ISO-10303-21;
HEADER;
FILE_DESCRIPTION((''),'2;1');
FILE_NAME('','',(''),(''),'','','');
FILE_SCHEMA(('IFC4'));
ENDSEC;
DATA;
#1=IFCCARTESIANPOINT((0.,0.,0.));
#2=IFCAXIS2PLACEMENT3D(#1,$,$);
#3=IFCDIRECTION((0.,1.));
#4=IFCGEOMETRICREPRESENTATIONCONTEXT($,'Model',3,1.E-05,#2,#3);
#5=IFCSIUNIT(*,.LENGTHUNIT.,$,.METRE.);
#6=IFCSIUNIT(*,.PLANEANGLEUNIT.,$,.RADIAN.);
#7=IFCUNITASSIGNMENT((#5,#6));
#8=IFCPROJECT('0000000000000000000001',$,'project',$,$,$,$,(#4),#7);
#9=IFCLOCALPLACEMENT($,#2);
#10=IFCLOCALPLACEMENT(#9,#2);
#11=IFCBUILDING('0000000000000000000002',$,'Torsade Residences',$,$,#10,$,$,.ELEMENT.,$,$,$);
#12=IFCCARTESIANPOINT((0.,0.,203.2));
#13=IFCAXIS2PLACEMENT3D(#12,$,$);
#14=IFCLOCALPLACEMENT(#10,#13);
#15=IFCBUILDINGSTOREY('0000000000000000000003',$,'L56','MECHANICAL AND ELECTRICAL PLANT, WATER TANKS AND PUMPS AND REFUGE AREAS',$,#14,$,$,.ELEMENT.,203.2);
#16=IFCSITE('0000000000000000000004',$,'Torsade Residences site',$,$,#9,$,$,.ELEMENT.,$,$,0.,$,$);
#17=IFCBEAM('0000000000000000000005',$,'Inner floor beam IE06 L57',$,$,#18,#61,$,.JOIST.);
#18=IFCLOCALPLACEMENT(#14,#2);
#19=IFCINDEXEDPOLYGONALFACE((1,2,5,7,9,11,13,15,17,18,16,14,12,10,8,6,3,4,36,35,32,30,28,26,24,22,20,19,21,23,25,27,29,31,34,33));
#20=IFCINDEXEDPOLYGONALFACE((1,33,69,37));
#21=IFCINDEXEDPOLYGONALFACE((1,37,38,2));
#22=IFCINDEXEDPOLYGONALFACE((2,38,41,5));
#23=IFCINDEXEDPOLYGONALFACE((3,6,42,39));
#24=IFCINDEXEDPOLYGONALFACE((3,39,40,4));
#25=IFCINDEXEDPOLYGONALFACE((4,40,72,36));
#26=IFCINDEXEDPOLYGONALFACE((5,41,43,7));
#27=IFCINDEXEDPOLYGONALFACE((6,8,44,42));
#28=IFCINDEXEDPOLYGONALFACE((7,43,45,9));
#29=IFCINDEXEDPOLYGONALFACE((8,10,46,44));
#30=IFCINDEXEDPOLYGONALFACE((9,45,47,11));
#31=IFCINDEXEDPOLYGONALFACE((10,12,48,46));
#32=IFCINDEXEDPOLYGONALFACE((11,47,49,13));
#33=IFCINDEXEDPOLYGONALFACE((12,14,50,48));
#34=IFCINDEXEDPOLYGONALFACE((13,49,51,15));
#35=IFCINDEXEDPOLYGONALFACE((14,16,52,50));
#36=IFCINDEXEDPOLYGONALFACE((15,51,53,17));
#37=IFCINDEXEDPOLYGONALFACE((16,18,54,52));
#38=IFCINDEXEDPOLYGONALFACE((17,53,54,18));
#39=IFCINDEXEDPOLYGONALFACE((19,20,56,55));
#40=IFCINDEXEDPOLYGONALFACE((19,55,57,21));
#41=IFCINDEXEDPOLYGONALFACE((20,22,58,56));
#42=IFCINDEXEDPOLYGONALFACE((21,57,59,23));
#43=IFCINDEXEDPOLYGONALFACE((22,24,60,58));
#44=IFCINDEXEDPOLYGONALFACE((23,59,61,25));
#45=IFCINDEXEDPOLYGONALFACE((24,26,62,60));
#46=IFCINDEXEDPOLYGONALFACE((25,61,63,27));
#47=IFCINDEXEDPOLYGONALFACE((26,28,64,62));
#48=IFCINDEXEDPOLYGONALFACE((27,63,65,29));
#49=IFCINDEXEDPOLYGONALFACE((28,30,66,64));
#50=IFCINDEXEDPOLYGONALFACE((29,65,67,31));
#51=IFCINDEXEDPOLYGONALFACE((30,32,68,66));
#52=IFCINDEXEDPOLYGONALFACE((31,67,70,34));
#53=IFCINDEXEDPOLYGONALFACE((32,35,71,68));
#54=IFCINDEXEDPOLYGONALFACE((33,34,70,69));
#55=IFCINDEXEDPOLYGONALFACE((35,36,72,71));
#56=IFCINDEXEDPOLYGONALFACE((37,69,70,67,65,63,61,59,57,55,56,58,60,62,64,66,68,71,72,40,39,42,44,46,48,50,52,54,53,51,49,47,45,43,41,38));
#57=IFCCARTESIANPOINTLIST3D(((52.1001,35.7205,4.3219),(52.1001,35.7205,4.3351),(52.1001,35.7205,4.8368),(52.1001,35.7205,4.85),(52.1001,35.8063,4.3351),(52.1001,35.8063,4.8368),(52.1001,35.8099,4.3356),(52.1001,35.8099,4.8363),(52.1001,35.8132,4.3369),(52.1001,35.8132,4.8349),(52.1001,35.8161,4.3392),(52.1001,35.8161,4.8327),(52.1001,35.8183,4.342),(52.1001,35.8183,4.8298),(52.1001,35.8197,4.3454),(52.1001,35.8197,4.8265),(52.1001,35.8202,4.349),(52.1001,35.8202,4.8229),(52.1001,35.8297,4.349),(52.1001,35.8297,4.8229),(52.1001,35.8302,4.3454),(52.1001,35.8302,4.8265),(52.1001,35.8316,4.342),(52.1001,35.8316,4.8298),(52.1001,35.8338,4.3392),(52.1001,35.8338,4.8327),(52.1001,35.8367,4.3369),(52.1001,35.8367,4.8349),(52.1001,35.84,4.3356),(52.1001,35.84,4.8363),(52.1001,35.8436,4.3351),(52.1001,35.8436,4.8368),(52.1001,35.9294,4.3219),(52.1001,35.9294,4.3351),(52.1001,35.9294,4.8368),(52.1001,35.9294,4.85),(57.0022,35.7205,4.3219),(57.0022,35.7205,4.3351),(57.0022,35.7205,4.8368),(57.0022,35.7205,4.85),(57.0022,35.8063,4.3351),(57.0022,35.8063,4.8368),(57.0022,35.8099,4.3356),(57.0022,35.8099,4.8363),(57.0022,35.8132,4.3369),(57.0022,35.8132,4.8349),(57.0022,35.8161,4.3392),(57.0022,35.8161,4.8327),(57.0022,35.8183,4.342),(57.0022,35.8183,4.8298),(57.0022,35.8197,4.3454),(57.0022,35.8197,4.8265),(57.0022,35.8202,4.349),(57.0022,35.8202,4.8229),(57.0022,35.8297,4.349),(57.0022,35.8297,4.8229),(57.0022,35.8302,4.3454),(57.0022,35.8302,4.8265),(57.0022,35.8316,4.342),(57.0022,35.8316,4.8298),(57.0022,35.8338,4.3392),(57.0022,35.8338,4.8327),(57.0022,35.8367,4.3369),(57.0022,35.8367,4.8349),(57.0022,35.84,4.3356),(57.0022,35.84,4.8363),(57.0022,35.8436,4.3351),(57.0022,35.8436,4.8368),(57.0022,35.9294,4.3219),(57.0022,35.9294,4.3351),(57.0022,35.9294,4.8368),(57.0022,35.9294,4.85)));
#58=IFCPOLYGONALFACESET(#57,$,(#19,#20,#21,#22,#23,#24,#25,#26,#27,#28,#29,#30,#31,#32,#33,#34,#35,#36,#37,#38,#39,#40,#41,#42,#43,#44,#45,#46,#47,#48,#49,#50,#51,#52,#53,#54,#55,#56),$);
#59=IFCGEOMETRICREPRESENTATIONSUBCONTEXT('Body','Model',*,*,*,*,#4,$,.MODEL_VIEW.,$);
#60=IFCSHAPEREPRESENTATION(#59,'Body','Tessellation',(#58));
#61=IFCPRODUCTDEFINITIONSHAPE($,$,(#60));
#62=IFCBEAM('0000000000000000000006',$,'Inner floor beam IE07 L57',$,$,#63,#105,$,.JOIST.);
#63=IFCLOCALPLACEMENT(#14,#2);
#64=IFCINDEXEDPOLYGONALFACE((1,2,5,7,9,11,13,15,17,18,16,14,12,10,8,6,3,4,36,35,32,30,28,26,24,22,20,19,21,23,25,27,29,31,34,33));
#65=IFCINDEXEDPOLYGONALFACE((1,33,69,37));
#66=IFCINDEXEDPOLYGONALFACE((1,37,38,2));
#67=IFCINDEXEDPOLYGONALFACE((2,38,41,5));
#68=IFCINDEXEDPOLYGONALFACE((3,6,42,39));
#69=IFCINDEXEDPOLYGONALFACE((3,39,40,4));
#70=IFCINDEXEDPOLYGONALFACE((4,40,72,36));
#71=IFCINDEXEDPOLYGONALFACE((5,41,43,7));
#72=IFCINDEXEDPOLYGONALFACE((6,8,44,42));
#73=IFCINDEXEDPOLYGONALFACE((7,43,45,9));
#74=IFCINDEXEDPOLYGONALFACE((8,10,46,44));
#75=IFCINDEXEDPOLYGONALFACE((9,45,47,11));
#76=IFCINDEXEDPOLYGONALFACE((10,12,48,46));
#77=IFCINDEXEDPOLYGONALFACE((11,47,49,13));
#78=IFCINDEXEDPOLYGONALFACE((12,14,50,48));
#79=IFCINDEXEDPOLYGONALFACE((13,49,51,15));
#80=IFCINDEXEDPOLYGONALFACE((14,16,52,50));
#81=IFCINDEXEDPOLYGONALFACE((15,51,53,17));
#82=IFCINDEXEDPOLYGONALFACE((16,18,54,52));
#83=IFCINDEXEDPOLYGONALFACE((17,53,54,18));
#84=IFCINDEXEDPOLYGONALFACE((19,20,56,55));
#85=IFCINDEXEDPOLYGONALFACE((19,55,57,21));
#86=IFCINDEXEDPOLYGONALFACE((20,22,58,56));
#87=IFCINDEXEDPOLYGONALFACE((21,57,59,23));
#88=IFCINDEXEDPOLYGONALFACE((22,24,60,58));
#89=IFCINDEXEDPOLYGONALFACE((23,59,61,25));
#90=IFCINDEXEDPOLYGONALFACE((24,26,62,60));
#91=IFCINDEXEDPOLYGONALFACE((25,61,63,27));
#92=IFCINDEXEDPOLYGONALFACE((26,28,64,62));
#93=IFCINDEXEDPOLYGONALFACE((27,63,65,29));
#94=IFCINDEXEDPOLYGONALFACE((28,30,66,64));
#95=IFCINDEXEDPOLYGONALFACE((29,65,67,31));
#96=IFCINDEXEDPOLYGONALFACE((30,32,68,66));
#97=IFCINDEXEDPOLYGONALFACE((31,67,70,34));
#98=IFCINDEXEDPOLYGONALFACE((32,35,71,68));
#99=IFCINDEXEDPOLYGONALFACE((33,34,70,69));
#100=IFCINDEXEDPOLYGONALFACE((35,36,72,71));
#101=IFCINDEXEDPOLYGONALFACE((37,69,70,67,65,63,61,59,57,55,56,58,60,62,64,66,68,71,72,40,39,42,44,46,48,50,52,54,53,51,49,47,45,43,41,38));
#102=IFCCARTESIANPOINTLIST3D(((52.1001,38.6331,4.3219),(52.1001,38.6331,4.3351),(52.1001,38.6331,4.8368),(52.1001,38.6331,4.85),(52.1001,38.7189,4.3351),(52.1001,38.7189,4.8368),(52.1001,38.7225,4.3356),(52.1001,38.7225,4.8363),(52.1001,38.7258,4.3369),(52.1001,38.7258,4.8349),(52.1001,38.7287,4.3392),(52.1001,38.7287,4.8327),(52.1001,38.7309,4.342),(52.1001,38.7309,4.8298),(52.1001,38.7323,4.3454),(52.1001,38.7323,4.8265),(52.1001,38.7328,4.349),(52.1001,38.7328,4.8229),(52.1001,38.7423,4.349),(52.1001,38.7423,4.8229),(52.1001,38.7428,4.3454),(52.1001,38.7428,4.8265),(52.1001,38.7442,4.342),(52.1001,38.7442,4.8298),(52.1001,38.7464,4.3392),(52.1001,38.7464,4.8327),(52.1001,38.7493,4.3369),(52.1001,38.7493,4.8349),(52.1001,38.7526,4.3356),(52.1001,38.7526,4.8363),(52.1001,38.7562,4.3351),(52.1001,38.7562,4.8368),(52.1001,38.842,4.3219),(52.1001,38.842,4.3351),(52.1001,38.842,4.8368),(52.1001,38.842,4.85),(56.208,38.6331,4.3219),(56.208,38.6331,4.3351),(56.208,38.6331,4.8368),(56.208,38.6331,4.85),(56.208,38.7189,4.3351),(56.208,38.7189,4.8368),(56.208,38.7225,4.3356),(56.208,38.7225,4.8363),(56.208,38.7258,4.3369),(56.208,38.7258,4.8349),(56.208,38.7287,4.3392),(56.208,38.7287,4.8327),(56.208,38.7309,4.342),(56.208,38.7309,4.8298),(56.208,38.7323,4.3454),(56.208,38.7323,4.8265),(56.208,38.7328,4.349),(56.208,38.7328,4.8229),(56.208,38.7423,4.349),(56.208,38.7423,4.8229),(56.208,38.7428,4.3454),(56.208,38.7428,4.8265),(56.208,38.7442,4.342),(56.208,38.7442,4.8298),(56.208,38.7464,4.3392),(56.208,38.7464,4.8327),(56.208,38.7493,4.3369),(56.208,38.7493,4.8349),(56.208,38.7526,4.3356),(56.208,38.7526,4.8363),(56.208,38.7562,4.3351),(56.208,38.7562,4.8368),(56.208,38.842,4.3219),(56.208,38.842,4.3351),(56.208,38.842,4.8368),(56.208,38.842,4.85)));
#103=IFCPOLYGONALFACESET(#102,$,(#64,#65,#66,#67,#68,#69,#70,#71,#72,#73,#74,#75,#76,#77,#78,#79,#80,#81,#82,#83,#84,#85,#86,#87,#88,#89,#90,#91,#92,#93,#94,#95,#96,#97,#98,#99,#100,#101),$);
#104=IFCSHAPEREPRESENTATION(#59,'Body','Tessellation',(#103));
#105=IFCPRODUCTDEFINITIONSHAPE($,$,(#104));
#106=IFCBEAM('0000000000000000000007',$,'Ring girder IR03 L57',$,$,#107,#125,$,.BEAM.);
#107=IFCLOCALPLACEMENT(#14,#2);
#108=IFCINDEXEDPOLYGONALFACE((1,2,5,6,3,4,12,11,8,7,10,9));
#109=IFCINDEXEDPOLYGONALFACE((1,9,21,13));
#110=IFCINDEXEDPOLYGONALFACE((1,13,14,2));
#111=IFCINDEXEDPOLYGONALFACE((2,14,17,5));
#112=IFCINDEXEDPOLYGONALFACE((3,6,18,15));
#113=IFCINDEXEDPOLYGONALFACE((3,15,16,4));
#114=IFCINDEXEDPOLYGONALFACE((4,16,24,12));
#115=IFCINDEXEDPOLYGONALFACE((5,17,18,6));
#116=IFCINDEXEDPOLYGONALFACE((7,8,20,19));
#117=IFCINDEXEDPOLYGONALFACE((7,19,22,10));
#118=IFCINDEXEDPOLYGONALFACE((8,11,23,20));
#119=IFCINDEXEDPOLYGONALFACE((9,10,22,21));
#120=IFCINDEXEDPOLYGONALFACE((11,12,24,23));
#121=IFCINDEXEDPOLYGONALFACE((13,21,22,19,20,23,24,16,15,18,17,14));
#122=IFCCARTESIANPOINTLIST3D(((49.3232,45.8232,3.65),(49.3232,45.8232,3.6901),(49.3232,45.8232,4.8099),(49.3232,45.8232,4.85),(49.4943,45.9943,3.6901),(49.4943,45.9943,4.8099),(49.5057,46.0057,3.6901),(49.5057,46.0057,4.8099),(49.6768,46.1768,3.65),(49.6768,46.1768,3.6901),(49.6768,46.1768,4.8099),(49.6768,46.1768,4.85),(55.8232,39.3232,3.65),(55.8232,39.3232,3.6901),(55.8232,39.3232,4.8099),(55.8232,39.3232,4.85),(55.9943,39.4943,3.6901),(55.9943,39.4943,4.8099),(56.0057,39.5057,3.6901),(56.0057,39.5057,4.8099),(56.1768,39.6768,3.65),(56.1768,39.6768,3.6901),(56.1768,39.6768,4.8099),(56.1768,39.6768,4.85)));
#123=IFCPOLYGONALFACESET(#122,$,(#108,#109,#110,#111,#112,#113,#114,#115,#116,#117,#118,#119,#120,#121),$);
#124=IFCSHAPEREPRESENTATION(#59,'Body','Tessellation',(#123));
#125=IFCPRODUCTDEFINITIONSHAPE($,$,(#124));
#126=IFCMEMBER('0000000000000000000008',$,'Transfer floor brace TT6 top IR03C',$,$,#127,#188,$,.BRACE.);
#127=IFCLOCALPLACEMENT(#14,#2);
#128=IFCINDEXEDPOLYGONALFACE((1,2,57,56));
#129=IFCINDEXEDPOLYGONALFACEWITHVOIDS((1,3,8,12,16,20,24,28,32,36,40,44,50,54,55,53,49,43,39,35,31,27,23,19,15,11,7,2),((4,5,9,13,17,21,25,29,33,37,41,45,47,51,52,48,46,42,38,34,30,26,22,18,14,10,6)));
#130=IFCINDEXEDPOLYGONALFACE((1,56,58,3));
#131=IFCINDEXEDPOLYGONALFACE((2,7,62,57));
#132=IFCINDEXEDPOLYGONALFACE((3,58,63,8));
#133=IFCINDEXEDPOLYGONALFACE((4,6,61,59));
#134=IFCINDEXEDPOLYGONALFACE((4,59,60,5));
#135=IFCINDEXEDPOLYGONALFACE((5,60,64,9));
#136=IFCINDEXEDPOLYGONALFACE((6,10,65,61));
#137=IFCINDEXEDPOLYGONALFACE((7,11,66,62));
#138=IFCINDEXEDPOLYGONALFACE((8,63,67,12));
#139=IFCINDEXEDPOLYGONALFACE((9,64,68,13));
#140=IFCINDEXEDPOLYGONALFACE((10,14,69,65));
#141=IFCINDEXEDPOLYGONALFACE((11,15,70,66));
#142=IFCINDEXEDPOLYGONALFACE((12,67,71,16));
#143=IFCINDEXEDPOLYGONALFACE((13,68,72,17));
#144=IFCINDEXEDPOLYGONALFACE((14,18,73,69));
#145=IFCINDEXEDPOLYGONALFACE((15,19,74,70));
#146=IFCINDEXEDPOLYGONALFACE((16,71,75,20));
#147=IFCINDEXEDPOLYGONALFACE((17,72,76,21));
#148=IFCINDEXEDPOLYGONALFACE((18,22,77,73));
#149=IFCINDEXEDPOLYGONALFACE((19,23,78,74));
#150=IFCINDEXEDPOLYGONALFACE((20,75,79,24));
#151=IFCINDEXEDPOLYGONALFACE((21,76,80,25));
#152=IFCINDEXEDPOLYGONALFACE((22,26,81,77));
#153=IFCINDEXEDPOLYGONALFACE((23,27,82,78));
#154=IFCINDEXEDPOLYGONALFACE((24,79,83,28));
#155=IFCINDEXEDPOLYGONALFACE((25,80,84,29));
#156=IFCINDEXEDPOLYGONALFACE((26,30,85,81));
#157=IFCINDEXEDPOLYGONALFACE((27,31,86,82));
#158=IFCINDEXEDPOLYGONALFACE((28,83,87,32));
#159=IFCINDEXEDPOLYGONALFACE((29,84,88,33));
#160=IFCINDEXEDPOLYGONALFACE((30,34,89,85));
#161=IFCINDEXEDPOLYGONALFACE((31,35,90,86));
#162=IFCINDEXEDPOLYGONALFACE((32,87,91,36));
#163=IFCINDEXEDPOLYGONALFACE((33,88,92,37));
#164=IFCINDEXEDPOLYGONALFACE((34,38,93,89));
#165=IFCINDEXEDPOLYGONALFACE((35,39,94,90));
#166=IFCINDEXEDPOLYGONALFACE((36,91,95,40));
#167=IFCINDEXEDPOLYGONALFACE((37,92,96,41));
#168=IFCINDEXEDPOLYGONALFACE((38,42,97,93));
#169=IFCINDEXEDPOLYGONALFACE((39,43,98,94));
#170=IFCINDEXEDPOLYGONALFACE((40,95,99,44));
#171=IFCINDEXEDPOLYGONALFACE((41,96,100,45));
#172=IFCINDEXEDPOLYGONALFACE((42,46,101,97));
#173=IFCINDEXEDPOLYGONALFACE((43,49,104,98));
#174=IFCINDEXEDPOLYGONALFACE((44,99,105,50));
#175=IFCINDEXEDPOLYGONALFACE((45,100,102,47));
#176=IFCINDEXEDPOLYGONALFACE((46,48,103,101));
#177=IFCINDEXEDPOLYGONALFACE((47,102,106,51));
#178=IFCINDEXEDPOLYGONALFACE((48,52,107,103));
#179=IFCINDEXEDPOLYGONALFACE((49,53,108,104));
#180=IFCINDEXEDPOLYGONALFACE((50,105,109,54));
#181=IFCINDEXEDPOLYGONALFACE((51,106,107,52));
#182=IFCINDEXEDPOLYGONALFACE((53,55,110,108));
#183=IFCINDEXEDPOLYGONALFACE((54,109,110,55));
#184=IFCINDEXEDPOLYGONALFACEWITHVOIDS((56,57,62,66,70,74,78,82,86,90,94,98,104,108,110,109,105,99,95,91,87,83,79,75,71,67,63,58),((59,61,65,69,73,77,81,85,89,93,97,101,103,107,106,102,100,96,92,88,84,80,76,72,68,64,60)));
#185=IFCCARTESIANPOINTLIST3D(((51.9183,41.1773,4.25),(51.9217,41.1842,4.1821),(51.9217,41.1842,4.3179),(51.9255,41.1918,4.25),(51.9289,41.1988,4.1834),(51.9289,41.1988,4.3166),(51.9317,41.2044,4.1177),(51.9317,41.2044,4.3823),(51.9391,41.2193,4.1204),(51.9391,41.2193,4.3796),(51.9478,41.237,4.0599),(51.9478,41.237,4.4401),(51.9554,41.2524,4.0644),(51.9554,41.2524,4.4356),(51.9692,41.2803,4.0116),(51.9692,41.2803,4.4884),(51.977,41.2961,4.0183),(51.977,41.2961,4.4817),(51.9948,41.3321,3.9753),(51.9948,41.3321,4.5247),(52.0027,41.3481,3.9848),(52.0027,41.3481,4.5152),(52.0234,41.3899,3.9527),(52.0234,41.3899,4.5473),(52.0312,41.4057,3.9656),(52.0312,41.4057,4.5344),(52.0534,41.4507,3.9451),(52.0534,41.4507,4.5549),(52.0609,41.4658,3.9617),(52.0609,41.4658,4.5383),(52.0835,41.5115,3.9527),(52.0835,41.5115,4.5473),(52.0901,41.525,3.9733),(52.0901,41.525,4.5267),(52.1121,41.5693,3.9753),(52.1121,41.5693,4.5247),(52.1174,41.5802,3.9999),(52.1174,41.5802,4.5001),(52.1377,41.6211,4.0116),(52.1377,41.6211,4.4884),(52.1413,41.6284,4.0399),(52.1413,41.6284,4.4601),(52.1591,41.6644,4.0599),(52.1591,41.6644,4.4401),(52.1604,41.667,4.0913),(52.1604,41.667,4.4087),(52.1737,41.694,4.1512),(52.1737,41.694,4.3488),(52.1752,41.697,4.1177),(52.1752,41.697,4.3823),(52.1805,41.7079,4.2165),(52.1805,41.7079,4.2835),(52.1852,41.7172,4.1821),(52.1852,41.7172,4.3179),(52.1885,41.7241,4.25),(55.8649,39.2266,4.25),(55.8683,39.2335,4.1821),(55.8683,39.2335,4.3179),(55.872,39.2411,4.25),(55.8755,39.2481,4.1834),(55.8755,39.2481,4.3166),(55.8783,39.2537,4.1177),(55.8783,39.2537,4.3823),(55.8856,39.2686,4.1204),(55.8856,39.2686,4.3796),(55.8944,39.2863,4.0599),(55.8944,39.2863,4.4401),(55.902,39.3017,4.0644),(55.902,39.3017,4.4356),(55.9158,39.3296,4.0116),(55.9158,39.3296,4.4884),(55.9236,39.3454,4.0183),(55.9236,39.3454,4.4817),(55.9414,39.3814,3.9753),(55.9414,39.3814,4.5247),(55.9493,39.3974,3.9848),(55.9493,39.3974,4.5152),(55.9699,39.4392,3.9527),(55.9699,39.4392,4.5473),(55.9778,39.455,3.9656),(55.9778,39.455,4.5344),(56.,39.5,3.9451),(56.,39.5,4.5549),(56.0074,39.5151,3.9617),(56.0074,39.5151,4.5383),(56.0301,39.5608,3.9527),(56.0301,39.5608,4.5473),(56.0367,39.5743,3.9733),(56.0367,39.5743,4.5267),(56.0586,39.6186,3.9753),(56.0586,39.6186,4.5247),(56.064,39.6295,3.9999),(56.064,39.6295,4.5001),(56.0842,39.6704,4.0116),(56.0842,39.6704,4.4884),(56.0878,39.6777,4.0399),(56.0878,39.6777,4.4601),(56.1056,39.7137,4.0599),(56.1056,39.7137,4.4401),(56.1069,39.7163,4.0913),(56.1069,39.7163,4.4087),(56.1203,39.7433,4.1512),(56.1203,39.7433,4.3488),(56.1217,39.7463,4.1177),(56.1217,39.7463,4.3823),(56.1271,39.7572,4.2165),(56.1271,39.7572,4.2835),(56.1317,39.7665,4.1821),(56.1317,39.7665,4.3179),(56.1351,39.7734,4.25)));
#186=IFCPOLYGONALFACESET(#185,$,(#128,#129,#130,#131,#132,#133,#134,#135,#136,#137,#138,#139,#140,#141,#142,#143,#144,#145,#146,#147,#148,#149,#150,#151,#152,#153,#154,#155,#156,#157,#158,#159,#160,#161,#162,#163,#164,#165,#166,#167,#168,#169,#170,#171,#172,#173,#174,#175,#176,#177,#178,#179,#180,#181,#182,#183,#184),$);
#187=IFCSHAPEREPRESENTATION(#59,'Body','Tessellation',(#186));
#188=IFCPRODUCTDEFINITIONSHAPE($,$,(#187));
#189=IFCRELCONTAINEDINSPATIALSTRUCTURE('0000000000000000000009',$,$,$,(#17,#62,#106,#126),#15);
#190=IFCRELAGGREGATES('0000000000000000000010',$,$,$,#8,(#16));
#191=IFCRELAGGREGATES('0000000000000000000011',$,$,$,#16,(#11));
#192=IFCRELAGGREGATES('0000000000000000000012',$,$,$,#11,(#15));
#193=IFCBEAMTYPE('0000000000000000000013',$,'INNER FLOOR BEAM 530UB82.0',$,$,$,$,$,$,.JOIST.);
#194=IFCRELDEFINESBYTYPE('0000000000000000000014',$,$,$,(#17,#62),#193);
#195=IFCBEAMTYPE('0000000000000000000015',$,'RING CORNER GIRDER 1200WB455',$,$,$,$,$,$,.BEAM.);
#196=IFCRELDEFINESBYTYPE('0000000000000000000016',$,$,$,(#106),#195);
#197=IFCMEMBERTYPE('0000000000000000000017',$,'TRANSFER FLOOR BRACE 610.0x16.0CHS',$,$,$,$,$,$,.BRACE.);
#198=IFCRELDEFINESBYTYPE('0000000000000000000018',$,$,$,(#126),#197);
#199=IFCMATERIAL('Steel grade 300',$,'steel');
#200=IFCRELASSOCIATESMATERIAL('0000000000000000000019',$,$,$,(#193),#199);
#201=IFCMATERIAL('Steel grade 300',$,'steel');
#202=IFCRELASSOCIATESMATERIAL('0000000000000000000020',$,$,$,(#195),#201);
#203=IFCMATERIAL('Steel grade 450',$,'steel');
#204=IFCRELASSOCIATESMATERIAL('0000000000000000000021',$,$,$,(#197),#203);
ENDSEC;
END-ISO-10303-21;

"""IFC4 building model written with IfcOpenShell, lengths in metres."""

from ifc_helpers import new_model, si_unit, direction, frame, origin, origin_2d, place, context, subcontext, project, spatial, hollow_circle, i_section, extrude, material, material_profile, profile_set, type_object, element, save


model = new_model("IFC4")

# Units and contexts
model_context = context("Model", 3, precision=1e-05, world=origin(), true_north=direction((0.0, 1.0)))
body_context = subcontext(model_context, "Body", "Model", "MODEL_VIEW")
ifc_project = project(units=[si_unit("LENGTHUNIT", "METRE"), si_unit("PLANEANGLEUNIT", "RADIAN")], contexts=[model_context])

# Site, building, storey
site_placement = place(None, origin())
site = spatial("IfcSite", under=ifc_project, at=site_placement, Name="Torsade Residences site", CompositionType="ELEMENT", RefElevation=0.0)
building_placement = place(site_placement, origin())
building = spatial("IfcBuilding", under=site, at=building_placement, Name="Torsade Residences", CompositionType="ELEMENT")
storey_placement = place(building_placement, frame((0.0, 0.0, 203.2)))
storey = spatial("IfcBuildingStorey", under=building, at=storey_placement, Name="L56", Description="MECHANICAL AND ELECTRICAL PLANT, WATER TANKS AND PUMPS AND REFUGE AREAS", CompositionType="ELEMENT", Elevation=203.2)

# Beams
ifc_material_1 = material(Name="Steel grade 300", Category="steel")
ifc_material_profile_1 = material_profile(ifc_material_1, i_section(OverallWidth=0.209, OverallDepth=0.5281, WebThickness=0.0095, FlangeThickness=0.0132, FilletRadius=0.0139, at=origin_2d()), Name="530UB82.0")
ifc_profile_set_1 = profile_set([ifc_material_profile_1], Name="Steel grade 300")
beam_type_1 = type_object("IfcBeamType", Name="INNER FLOOR BEAM 530UB82.0", PredefinedType="JOIST", material=ifc_profile_set_1)
beam_1_placement = place(storey_placement, frame((52.1001, 35.825, 4.5859), z_axis=(1.0, 0.0, 0.0), x_axis=(0.0, 1.0, 0.0)))
element("IfcBeam", 1, at=beam_1_placement, inside=storey, type_object=beam_type_1, Name="Inner floor beam IE06 L57", PredefinedType="JOIST", context=body_context, shape_type="SweptSolid", body=[
    extrude(i_section(OverallWidth=0.209, OverallDepth=0.5281, WebThickness=0.0095, FlangeThickness=0.0132, FilletRadius=0.0139, at=origin_2d()), origin(), (0.0, 0.0, 1.0), 4.9021),
])
beam_2_placement = place(storey_placement, frame((52.1001, 38.7375, 4.5859), z_axis=(1.0, 0.0, 0.0), x_axis=(0.0, 1.0, 0.0)))
element("IfcBeam", 2, at=beam_2_placement, inside=storey, type_object=beam_type_1, Name="Inner floor beam IE07 L57", PredefinedType="JOIST", context=body_context, shape_type="SweptSolid", body=[
    extrude(i_section(OverallWidth=0.209, OverallDepth=0.5281, WebThickness=0.0095, FlangeThickness=0.0132, FilletRadius=0.0139, at=origin_2d()), origin(), (0.0, 0.0, 1.0), 4.1079),
])
ifc_material_2 = material(Name="Steel grade 300", Category="steel")
ifc_material_profile_2 = material_profile(ifc_material_2, i_section(OverallWidth=0.5, OverallDepth=1.2, WebThickness=0.0161, FlangeThickness=0.04, at=origin_2d()), Name="1200WB455")
ifc_profile_set_2 = profile_set([ifc_material_profile_2], Name="Steel grade 300")
beam_type_2 = type_object("IfcBeamType", Name="RING CORNER GIRDER 1200WB455", PredefinedType="BEAM", material=ifc_profile_set_2)
beam_3_placement = place(storey_placement, frame((56.0, 39.5, 4.25), z_axis=(-0.707107, 0.707107, 0.0), x_axis=(-0.707107, -0.707107, 0.0)))
element("IfcBeam", 3, at=beam_3_placement, inside=storey, type_object=beam_type_2, Name="Ring girder IR03 L57", PredefinedType="BEAM", context=body_context, shape_type="SweptSolid", body=[
    extrude(i_section(OverallWidth=0.5, OverallDepth=1.2, WebThickness=0.0161, FlangeThickness=0.04, at=origin_2d()), origin(), (0.0, 0.0, 1.0), 9.1924),
])

# Member
ifc_material_3 = material(Name="Steel grade 450", Category="steel")
ifc_material_profile_3 = material_profile(ifc_material_3, hollow_circle(Radius=0.3049, WallThickness=0.0161, at=origin_2d()), Name="610.0x16.0CHS")
ifc_profile_set_3 = profile_set([ifc_material_profile_3], Name="Steel grade 450")
member_type_1 = type_object("IfcMemberType", Name="TRANSFER FLOOR BRACE 610.0x16.0CHS", PredefinedType="BRACE", material=ifc_profile_set_3)
member_1_placement = place(storey_placement, frame((56.0, 39.5, 4.25), z_axis=(-0.89647, 0.443105, 0.0), x_axis=(-0.443105, -0.89647, 0.0)))
element("IfcMember", 4, at=member_1_placement, inside=storey, type_object=member_type_1, Name="Transfer floor brace TT6 top IR03C", PredefinedType="BRACE", context=body_context, shape_type="SweptSolid", body=[
    extrude(hollow_circle(Radius=0.3049, WallThickness=0.0161, at=origin_2d()), origin(), (0.0, 0.0, 1.0), 4.4023),
])

save(model, "model.ifc")
